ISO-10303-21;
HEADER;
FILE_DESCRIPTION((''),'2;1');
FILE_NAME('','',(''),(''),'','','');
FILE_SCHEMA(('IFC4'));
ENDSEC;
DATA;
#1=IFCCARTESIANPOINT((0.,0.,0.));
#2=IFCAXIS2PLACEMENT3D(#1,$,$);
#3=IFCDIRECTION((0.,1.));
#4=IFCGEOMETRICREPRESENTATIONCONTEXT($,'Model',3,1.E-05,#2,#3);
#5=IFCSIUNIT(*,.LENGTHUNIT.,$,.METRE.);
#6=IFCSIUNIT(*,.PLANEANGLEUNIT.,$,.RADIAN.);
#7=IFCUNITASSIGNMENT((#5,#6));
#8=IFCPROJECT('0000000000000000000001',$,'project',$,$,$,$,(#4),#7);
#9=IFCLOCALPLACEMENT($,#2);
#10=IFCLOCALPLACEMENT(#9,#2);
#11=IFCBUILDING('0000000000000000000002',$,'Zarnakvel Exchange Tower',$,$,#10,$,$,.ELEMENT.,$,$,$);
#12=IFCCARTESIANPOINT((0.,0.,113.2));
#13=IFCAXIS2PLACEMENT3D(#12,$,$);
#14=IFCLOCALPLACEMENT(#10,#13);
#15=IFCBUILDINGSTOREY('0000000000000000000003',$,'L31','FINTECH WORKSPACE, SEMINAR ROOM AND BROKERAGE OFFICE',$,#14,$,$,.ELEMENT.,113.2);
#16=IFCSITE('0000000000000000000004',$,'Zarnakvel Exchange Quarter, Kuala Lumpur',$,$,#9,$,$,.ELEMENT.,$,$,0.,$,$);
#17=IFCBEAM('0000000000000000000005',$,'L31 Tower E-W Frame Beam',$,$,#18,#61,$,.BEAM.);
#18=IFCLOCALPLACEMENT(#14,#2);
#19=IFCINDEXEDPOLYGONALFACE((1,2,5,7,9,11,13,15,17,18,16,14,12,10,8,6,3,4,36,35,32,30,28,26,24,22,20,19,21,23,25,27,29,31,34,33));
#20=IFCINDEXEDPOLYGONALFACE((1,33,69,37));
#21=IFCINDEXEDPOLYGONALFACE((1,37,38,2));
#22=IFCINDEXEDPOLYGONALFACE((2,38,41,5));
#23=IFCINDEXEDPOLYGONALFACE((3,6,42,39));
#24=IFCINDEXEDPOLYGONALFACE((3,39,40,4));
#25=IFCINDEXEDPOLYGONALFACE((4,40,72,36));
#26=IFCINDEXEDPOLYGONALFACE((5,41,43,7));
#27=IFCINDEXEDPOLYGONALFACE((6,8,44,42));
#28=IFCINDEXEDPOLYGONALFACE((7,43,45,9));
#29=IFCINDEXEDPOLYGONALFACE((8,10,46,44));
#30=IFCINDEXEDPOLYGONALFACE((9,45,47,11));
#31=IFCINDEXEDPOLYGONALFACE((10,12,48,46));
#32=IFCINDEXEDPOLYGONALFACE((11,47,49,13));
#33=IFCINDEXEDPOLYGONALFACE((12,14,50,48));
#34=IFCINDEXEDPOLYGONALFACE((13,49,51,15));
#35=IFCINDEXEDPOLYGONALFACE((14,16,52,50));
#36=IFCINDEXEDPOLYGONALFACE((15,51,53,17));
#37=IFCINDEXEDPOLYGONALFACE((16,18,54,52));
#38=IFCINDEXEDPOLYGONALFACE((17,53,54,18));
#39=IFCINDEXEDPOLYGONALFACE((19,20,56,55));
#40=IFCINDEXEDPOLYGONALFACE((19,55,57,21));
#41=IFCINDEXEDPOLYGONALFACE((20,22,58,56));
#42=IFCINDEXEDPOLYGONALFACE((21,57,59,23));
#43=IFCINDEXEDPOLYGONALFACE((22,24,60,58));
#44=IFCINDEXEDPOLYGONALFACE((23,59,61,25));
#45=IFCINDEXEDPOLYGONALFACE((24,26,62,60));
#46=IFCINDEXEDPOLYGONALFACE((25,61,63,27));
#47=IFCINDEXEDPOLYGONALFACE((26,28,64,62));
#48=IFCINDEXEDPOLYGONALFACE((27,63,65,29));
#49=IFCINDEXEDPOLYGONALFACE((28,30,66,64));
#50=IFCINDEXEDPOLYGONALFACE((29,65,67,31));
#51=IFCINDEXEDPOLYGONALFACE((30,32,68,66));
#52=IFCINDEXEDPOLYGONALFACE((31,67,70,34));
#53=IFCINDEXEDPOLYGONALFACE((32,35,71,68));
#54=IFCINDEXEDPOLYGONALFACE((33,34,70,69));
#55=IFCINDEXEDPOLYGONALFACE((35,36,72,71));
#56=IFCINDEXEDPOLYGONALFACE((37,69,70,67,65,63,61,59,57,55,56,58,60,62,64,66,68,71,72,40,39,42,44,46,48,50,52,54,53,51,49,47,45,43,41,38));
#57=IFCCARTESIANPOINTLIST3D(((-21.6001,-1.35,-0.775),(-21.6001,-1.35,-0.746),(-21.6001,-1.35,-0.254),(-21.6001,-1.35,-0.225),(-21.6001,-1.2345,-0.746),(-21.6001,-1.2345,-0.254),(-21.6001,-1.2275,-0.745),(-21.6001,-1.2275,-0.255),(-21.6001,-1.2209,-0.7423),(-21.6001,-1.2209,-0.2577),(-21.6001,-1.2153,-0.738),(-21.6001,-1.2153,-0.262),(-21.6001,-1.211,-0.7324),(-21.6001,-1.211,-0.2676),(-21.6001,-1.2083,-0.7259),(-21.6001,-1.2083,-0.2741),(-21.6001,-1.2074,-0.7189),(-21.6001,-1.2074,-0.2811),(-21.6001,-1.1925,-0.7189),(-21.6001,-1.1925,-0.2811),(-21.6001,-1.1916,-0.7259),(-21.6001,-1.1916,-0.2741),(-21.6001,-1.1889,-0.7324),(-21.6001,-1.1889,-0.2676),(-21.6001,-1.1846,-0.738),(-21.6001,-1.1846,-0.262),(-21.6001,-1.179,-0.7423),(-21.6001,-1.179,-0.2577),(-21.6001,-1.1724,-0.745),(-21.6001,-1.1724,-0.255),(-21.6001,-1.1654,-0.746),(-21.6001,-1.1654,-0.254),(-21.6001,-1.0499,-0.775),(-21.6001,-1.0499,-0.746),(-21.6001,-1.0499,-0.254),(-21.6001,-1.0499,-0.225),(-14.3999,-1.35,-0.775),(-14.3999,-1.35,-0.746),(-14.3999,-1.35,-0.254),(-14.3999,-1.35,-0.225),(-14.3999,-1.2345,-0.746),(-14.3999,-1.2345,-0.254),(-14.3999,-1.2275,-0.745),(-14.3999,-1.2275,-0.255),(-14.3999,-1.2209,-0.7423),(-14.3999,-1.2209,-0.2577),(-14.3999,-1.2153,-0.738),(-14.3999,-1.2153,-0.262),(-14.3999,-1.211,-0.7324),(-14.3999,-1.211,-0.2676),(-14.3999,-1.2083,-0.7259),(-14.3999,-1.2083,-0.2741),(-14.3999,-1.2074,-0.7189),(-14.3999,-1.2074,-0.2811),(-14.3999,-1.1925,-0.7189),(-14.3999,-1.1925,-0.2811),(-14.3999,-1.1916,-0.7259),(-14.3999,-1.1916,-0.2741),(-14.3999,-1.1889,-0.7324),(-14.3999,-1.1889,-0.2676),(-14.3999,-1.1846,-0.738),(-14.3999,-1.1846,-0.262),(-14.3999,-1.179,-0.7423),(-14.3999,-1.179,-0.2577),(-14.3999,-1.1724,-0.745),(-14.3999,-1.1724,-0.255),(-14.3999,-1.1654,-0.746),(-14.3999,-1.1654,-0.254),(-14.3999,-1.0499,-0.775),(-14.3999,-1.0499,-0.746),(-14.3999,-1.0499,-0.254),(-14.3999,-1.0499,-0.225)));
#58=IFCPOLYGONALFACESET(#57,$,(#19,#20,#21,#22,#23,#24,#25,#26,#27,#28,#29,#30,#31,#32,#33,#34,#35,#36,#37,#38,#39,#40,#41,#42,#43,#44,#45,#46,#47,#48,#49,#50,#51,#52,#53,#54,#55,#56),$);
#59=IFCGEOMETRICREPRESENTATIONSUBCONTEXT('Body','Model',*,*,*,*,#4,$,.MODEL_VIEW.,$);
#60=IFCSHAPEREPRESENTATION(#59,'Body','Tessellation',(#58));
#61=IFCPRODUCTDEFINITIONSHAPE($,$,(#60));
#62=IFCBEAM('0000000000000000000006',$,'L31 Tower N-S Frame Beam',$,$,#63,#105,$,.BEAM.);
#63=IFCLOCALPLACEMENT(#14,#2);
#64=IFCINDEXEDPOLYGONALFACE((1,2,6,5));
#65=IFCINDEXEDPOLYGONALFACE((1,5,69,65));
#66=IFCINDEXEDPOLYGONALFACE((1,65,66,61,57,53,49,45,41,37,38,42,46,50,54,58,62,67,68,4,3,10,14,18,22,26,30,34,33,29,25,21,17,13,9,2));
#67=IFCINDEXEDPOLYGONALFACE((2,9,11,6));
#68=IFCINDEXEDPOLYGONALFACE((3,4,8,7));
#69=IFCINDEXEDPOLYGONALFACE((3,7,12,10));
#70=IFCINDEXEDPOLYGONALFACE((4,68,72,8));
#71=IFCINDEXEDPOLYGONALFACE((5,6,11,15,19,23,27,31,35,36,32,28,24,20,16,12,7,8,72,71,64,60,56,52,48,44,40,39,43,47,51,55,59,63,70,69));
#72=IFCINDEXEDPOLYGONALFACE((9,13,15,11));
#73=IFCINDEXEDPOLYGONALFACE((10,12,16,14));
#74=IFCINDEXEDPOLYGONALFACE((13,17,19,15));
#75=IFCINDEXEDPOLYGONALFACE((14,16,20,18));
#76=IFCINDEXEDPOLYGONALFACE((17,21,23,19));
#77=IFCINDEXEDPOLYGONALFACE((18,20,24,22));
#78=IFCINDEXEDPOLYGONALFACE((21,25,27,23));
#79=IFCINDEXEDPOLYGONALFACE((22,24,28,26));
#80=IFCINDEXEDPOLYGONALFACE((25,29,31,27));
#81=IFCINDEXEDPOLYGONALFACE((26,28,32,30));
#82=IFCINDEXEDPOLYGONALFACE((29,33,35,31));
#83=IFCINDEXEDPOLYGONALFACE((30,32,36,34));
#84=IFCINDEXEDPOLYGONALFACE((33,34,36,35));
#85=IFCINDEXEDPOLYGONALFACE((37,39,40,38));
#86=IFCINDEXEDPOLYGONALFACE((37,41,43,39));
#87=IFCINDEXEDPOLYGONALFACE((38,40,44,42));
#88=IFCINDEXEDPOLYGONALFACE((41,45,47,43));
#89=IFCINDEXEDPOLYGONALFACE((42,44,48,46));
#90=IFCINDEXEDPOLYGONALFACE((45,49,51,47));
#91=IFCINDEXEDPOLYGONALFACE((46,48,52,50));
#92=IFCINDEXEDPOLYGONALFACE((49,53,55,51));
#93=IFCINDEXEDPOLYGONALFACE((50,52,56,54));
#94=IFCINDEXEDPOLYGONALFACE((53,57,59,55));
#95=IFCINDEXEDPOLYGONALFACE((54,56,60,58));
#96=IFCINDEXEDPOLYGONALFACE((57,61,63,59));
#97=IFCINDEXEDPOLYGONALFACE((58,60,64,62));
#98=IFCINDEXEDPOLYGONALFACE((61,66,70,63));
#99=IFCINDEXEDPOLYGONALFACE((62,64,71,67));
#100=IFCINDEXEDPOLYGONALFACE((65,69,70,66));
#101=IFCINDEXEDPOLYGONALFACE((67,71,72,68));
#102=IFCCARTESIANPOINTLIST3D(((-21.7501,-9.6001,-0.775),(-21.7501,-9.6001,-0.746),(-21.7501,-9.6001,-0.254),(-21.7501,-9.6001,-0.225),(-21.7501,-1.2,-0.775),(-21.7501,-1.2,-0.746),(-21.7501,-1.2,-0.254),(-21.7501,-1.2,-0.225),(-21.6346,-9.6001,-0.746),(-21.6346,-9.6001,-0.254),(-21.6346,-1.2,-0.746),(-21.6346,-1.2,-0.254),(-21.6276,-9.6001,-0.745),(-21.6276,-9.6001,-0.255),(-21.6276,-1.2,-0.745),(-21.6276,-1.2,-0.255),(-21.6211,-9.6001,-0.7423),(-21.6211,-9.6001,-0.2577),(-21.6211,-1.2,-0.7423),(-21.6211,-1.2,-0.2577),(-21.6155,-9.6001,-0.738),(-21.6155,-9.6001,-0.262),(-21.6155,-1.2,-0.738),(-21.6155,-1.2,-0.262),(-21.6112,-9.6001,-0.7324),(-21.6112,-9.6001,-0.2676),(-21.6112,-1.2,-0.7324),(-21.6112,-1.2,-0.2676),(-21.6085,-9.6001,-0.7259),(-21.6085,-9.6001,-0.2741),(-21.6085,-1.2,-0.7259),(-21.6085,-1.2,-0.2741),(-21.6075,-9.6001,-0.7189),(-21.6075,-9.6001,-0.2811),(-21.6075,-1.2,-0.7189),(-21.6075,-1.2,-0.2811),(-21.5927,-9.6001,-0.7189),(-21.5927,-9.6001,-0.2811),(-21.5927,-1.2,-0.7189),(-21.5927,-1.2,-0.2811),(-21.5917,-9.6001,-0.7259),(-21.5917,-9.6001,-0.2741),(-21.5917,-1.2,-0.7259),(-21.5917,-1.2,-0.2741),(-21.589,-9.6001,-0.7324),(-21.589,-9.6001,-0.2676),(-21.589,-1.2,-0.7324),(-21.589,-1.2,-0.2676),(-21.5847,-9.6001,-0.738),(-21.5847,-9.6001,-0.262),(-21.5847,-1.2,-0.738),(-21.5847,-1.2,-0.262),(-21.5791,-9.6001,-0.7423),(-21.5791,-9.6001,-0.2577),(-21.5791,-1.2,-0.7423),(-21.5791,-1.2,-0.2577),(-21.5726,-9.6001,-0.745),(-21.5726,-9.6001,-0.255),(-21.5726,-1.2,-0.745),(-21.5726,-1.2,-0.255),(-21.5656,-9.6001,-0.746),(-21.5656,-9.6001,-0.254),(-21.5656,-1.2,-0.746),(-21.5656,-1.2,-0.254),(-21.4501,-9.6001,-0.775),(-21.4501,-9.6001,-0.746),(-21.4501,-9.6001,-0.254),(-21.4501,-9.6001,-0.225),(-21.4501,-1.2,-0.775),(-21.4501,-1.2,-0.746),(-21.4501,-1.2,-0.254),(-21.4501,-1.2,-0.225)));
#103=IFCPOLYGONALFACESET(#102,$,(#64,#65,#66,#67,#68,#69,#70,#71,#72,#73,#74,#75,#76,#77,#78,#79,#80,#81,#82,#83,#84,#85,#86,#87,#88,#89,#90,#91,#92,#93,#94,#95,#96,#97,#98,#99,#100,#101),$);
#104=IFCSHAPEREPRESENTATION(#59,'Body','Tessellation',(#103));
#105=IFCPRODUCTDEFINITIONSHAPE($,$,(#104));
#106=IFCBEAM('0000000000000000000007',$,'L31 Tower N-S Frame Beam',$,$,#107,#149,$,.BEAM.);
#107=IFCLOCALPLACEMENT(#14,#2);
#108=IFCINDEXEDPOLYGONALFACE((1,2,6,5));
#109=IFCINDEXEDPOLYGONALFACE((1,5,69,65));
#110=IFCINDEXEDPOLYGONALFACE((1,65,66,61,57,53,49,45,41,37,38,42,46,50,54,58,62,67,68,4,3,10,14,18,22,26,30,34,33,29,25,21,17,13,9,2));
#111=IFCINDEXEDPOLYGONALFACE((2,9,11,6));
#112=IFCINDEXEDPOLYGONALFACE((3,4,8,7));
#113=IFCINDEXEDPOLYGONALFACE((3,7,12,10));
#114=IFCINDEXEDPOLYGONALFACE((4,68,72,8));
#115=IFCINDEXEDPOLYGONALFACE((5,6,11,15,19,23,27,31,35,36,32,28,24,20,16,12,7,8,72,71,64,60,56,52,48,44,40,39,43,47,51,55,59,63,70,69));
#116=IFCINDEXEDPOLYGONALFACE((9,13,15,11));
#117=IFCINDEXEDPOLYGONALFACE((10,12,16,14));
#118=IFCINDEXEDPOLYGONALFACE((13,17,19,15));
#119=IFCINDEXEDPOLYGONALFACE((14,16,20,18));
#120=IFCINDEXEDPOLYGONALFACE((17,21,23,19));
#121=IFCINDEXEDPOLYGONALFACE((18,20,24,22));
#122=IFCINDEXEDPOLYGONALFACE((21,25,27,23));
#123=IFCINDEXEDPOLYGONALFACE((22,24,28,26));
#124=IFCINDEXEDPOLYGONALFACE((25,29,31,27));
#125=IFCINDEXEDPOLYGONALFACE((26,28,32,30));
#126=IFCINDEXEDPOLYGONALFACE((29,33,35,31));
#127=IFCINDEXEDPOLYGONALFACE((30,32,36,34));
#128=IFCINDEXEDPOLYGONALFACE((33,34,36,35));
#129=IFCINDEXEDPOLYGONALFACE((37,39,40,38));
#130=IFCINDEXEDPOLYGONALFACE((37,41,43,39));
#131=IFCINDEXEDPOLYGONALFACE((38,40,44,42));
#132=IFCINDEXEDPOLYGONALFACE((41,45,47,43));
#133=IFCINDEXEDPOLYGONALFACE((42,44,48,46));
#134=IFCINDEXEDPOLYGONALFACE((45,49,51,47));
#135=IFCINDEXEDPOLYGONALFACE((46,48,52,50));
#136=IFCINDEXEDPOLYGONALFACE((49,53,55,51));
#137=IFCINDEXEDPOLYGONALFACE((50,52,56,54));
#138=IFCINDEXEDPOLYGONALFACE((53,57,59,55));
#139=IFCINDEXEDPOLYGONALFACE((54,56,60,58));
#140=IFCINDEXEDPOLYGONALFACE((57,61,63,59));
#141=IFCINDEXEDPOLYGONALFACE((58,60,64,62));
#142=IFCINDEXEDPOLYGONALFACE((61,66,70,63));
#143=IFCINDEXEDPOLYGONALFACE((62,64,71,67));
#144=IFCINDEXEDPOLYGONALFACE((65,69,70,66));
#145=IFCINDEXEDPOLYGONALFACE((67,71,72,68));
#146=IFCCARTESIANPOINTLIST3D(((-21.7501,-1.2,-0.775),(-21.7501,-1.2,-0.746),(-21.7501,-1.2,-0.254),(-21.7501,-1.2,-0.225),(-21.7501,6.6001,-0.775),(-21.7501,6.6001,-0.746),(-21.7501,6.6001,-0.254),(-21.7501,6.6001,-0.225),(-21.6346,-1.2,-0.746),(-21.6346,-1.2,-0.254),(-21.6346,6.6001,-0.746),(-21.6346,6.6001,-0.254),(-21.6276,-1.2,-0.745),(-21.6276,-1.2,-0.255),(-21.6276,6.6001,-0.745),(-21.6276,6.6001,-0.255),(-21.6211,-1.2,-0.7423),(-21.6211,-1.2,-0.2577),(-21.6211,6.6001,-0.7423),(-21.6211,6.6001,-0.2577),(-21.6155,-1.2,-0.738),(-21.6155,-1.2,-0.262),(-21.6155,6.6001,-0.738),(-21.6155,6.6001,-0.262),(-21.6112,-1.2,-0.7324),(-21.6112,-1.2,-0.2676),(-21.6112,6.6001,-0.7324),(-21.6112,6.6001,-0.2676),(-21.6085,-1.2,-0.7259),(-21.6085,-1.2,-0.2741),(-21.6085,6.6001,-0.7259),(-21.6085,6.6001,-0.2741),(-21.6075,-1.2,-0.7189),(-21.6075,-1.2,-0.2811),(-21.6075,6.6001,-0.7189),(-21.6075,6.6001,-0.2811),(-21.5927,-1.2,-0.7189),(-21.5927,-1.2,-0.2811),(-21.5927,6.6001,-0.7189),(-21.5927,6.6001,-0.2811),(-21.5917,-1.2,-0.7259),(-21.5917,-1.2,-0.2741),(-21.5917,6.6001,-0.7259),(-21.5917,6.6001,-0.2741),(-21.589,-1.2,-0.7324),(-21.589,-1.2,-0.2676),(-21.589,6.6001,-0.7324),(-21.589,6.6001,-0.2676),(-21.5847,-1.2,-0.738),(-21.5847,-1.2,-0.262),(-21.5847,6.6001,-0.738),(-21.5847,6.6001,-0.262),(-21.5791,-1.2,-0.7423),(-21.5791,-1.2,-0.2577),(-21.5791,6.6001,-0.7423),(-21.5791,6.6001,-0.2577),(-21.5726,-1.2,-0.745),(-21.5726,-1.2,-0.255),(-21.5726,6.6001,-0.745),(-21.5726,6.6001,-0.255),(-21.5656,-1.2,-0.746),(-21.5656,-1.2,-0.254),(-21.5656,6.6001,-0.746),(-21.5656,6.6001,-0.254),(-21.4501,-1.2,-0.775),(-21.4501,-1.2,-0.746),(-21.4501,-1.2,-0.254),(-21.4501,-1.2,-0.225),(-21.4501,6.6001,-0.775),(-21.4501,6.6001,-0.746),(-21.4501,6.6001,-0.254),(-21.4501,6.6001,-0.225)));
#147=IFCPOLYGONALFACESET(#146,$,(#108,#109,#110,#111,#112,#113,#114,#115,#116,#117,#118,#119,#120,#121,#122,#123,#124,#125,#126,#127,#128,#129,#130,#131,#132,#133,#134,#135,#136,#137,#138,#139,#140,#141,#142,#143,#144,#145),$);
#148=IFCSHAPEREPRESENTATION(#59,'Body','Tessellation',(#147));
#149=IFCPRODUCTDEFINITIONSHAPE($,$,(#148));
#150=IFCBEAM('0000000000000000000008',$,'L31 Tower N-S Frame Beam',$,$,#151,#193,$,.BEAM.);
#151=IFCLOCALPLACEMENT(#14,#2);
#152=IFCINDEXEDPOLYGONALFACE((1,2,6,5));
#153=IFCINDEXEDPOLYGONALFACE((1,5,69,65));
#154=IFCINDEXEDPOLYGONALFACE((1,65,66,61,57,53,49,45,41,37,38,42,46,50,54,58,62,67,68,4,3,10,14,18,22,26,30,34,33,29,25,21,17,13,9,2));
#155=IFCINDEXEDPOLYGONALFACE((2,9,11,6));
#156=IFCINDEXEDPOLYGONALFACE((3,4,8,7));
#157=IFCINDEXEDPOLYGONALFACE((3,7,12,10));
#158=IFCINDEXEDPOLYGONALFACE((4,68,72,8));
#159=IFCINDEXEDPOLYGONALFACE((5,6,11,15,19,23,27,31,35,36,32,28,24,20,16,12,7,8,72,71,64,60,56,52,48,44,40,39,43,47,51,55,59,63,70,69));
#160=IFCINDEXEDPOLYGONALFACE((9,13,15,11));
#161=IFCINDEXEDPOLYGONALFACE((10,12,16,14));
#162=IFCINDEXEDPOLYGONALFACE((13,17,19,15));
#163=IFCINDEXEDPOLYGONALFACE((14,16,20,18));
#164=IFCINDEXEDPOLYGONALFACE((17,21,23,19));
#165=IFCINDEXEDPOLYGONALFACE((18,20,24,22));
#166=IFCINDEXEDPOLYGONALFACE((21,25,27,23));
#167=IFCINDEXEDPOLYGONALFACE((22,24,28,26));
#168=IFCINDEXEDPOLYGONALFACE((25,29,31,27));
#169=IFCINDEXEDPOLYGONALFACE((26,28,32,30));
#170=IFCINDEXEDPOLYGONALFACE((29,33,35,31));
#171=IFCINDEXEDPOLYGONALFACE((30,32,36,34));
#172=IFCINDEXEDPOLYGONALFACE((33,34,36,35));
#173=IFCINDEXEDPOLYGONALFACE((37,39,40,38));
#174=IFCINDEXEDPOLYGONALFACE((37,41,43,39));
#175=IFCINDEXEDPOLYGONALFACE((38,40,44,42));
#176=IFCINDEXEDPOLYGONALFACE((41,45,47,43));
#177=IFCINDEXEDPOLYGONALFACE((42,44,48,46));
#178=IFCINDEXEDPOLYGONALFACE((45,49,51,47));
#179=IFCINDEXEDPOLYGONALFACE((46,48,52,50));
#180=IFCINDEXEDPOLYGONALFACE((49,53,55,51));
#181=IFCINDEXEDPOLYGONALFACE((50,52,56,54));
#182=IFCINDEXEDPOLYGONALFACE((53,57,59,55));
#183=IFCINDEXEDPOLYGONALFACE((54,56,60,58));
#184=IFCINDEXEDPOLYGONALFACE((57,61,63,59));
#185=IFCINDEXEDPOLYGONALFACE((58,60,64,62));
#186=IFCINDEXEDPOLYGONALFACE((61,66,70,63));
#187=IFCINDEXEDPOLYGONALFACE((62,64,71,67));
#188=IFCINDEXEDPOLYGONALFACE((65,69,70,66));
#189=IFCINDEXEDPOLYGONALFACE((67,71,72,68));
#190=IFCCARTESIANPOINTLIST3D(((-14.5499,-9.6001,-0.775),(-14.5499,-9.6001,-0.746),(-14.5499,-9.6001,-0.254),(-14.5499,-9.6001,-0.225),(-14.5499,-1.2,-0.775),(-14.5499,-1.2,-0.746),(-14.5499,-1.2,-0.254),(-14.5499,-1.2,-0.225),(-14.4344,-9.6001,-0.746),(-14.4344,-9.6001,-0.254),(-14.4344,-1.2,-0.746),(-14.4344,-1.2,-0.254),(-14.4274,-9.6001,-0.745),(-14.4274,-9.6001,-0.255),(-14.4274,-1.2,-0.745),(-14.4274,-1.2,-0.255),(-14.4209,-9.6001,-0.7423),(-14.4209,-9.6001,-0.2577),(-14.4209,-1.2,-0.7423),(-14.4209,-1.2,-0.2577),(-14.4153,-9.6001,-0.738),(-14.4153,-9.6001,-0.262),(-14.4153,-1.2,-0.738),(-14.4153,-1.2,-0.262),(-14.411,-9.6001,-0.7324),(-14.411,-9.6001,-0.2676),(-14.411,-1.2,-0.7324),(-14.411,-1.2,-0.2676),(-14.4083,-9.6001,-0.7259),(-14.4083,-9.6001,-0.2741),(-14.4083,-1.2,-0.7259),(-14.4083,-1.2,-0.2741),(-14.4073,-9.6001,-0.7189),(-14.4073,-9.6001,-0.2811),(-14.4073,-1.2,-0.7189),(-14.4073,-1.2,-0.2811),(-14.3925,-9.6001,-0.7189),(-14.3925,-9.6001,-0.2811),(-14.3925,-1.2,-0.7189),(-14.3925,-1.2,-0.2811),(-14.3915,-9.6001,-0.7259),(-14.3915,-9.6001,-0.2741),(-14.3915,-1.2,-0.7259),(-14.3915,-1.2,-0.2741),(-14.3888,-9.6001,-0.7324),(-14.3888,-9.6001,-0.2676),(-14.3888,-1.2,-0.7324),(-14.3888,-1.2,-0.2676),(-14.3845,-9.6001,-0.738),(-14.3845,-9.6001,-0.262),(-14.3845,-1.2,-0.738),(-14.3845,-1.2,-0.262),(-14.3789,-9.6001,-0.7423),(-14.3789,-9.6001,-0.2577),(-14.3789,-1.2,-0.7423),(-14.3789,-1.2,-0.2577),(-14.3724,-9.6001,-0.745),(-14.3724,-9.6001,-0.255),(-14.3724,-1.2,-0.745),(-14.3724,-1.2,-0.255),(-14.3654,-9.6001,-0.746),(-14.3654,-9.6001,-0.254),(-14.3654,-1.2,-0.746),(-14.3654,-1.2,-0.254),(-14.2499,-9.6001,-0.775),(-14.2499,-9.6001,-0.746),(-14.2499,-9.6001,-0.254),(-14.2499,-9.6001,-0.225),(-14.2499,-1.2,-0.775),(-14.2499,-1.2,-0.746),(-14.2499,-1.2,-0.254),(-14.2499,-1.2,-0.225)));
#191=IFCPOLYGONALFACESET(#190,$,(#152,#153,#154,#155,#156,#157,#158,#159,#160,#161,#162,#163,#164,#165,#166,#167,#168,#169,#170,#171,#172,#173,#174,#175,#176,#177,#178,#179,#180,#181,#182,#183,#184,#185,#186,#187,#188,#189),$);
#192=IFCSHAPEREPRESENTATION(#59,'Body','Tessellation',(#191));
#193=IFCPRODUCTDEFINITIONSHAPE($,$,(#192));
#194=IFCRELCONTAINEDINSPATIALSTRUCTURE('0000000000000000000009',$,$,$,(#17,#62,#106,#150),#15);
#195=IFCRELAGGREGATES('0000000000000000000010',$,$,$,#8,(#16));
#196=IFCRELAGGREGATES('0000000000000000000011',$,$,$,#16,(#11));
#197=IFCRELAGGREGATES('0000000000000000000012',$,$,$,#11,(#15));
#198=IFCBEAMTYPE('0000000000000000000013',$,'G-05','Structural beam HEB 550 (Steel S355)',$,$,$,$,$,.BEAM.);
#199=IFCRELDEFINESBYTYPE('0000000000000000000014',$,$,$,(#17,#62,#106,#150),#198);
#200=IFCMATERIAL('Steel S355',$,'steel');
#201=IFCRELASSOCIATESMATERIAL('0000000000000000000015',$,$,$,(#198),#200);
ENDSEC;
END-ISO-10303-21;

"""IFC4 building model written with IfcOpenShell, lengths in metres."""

from ifc_helpers import new_model, si_unit, direction, frame, origin, origin_2d, place, context, subcontext, project, spatial, i_section, extrude, material, material_profile, profile_set, type_object, element, save


model = new_model("IFC4")

# Units and contexts
model_context = context("Model", 3, precision=1e-05, world=origin(), true_north=direction((0.0, 1.0)))
body_context = subcontext(model_context, "Body", "Model", "MODEL_VIEW")
ifc_project = project(units=[si_unit("LENGTHUNIT", "METRE"), si_unit("PLANEANGLEUNIT", "RADIAN")], contexts=[model_context])

# Site, building, storey
site_placement = place(None, origin())
site = spatial("IfcSite", under=ifc_project, at=site_placement, Name="Zarnakvel Exchange Quarter, Kuala Lumpur", CompositionType="ELEMENT", RefElevation=0.0)
building_placement = place(site_placement, origin())
building = spatial("IfcBuilding", under=site, at=building_placement, Name="Zarnakvel Exchange Tower", CompositionType="ELEMENT")
storey_placement = place(building_placement, frame((0.0, 0.0, 113.2)))
storey = spatial("IfcBuildingStorey", under=building, at=storey_placement, Name="L31", Description="FINTECH WORKSPACE, SEMINAR ROOM AND BROKERAGE OFFICE", CompositionType="ELEMENT", Elevation=113.2)

# Shared definitions
ifc_material_1 = material(Name="Steel S355", Category="steel")

# Beams
ifc_material_profile_1 = material_profile(ifc_material_1, i_section(OverallWidth=0.3, OverallDepth=0.55, WebThickness=0.0149, FlangeThickness=0.0291, FilletRadius=0.0271, at=origin_2d()))
ifc_profile_set_1 = profile_set([ifc_material_profile_1], Name="Steel S355")
beam_type_1 = type_object("IfcBeamType", Name="G-05", Description="Structural beam HEB 550 (Steel S355)", PredefinedType="BEAM", material=ifc_profile_set_1)
beam_1_placement = place(storey_placement, frame((-21.6001, -1.2, -0.5), z_axis=(1.0, 0.0, 0.0), x_axis=(0.0, 1.0, 0.0)))
element("IfcBeam", 1, at=beam_1_placement, inside=storey, type_object=beam_type_1, Name="L31 Tower E-W Frame Beam", PredefinedType="BEAM", context=body_context, shape_type="SweptSolid", body=[
    extrude(i_section(OverallWidth=0.3, OverallDepth=0.55, WebThickness=0.0149, FlangeThickness=0.0291, FilletRadius=0.0271, at=origin_2d()), origin(), (0.0, 0.0, 1.0), 7.2002),
])
beam_2_placement = place(storey_placement, frame((-21.6001, -9.6001, -0.5), z_axis=(0.0, 1.0, 0.0), x_axis=(-1.0, 0.0, 0.0)))
element("IfcBeam", 2, at=beam_2_placement, inside=storey, type_object=beam_type_1, Name="L31 Tower N-S Frame Beam", PredefinedType="BEAM", context=body_context, shape_type="SweptSolid", body=[
    extrude(i_section(OverallWidth=0.3, OverallDepth=0.55, WebThickness=0.0149, FlangeThickness=0.0291, FilletRadius=0.0271, at=origin_2d()), origin(), (0.0, 0.0, 1.0), 8.4001),
])
beam_3_placement = place(storey_placement, frame((-21.6001, -1.2, -0.5), z_axis=(0.0, 1.0, 0.0), x_axis=(-1.0, 0.0, 0.0)))
element("IfcBeam", 3, at=beam_3_placement, inside=storey, type_object=beam_type_1, Name="L31 Tower N-S Frame Beam", PredefinedType="BEAM", context=body_context, shape_type="SweptSolid", body=[
    extrude(i_section(OverallWidth=0.3, OverallDepth=0.55, WebThickness=0.0149, FlangeThickness=0.0291, FilletRadius=0.0271, at=origin_2d()), origin(), (0.0, 0.0, 1.0), 7.8),
])
beam_4_placement = place(storey_placement, frame((-14.3999, -9.6001, -0.5), z_axis=(0.0, 1.0, 0.0), x_axis=(-1.0, 0.0, 0.0)))
element("IfcBeam", 4, at=beam_4_placement, inside=storey, type_object=beam_type_1, Name="L31 Tower N-S Frame Beam", PredefinedType="BEAM", context=body_context, shape_type="SweptSolid", body=[
    extrude(i_section(OverallWidth=0.3, OverallDepth=0.55, WebThickness=0.0149, FlangeThickness=0.0291, FilletRadius=0.0271, at=origin_2d()), origin(), (0.0, 0.0, 1.0), 8.4001),
])

save(model, "model.ifc")
